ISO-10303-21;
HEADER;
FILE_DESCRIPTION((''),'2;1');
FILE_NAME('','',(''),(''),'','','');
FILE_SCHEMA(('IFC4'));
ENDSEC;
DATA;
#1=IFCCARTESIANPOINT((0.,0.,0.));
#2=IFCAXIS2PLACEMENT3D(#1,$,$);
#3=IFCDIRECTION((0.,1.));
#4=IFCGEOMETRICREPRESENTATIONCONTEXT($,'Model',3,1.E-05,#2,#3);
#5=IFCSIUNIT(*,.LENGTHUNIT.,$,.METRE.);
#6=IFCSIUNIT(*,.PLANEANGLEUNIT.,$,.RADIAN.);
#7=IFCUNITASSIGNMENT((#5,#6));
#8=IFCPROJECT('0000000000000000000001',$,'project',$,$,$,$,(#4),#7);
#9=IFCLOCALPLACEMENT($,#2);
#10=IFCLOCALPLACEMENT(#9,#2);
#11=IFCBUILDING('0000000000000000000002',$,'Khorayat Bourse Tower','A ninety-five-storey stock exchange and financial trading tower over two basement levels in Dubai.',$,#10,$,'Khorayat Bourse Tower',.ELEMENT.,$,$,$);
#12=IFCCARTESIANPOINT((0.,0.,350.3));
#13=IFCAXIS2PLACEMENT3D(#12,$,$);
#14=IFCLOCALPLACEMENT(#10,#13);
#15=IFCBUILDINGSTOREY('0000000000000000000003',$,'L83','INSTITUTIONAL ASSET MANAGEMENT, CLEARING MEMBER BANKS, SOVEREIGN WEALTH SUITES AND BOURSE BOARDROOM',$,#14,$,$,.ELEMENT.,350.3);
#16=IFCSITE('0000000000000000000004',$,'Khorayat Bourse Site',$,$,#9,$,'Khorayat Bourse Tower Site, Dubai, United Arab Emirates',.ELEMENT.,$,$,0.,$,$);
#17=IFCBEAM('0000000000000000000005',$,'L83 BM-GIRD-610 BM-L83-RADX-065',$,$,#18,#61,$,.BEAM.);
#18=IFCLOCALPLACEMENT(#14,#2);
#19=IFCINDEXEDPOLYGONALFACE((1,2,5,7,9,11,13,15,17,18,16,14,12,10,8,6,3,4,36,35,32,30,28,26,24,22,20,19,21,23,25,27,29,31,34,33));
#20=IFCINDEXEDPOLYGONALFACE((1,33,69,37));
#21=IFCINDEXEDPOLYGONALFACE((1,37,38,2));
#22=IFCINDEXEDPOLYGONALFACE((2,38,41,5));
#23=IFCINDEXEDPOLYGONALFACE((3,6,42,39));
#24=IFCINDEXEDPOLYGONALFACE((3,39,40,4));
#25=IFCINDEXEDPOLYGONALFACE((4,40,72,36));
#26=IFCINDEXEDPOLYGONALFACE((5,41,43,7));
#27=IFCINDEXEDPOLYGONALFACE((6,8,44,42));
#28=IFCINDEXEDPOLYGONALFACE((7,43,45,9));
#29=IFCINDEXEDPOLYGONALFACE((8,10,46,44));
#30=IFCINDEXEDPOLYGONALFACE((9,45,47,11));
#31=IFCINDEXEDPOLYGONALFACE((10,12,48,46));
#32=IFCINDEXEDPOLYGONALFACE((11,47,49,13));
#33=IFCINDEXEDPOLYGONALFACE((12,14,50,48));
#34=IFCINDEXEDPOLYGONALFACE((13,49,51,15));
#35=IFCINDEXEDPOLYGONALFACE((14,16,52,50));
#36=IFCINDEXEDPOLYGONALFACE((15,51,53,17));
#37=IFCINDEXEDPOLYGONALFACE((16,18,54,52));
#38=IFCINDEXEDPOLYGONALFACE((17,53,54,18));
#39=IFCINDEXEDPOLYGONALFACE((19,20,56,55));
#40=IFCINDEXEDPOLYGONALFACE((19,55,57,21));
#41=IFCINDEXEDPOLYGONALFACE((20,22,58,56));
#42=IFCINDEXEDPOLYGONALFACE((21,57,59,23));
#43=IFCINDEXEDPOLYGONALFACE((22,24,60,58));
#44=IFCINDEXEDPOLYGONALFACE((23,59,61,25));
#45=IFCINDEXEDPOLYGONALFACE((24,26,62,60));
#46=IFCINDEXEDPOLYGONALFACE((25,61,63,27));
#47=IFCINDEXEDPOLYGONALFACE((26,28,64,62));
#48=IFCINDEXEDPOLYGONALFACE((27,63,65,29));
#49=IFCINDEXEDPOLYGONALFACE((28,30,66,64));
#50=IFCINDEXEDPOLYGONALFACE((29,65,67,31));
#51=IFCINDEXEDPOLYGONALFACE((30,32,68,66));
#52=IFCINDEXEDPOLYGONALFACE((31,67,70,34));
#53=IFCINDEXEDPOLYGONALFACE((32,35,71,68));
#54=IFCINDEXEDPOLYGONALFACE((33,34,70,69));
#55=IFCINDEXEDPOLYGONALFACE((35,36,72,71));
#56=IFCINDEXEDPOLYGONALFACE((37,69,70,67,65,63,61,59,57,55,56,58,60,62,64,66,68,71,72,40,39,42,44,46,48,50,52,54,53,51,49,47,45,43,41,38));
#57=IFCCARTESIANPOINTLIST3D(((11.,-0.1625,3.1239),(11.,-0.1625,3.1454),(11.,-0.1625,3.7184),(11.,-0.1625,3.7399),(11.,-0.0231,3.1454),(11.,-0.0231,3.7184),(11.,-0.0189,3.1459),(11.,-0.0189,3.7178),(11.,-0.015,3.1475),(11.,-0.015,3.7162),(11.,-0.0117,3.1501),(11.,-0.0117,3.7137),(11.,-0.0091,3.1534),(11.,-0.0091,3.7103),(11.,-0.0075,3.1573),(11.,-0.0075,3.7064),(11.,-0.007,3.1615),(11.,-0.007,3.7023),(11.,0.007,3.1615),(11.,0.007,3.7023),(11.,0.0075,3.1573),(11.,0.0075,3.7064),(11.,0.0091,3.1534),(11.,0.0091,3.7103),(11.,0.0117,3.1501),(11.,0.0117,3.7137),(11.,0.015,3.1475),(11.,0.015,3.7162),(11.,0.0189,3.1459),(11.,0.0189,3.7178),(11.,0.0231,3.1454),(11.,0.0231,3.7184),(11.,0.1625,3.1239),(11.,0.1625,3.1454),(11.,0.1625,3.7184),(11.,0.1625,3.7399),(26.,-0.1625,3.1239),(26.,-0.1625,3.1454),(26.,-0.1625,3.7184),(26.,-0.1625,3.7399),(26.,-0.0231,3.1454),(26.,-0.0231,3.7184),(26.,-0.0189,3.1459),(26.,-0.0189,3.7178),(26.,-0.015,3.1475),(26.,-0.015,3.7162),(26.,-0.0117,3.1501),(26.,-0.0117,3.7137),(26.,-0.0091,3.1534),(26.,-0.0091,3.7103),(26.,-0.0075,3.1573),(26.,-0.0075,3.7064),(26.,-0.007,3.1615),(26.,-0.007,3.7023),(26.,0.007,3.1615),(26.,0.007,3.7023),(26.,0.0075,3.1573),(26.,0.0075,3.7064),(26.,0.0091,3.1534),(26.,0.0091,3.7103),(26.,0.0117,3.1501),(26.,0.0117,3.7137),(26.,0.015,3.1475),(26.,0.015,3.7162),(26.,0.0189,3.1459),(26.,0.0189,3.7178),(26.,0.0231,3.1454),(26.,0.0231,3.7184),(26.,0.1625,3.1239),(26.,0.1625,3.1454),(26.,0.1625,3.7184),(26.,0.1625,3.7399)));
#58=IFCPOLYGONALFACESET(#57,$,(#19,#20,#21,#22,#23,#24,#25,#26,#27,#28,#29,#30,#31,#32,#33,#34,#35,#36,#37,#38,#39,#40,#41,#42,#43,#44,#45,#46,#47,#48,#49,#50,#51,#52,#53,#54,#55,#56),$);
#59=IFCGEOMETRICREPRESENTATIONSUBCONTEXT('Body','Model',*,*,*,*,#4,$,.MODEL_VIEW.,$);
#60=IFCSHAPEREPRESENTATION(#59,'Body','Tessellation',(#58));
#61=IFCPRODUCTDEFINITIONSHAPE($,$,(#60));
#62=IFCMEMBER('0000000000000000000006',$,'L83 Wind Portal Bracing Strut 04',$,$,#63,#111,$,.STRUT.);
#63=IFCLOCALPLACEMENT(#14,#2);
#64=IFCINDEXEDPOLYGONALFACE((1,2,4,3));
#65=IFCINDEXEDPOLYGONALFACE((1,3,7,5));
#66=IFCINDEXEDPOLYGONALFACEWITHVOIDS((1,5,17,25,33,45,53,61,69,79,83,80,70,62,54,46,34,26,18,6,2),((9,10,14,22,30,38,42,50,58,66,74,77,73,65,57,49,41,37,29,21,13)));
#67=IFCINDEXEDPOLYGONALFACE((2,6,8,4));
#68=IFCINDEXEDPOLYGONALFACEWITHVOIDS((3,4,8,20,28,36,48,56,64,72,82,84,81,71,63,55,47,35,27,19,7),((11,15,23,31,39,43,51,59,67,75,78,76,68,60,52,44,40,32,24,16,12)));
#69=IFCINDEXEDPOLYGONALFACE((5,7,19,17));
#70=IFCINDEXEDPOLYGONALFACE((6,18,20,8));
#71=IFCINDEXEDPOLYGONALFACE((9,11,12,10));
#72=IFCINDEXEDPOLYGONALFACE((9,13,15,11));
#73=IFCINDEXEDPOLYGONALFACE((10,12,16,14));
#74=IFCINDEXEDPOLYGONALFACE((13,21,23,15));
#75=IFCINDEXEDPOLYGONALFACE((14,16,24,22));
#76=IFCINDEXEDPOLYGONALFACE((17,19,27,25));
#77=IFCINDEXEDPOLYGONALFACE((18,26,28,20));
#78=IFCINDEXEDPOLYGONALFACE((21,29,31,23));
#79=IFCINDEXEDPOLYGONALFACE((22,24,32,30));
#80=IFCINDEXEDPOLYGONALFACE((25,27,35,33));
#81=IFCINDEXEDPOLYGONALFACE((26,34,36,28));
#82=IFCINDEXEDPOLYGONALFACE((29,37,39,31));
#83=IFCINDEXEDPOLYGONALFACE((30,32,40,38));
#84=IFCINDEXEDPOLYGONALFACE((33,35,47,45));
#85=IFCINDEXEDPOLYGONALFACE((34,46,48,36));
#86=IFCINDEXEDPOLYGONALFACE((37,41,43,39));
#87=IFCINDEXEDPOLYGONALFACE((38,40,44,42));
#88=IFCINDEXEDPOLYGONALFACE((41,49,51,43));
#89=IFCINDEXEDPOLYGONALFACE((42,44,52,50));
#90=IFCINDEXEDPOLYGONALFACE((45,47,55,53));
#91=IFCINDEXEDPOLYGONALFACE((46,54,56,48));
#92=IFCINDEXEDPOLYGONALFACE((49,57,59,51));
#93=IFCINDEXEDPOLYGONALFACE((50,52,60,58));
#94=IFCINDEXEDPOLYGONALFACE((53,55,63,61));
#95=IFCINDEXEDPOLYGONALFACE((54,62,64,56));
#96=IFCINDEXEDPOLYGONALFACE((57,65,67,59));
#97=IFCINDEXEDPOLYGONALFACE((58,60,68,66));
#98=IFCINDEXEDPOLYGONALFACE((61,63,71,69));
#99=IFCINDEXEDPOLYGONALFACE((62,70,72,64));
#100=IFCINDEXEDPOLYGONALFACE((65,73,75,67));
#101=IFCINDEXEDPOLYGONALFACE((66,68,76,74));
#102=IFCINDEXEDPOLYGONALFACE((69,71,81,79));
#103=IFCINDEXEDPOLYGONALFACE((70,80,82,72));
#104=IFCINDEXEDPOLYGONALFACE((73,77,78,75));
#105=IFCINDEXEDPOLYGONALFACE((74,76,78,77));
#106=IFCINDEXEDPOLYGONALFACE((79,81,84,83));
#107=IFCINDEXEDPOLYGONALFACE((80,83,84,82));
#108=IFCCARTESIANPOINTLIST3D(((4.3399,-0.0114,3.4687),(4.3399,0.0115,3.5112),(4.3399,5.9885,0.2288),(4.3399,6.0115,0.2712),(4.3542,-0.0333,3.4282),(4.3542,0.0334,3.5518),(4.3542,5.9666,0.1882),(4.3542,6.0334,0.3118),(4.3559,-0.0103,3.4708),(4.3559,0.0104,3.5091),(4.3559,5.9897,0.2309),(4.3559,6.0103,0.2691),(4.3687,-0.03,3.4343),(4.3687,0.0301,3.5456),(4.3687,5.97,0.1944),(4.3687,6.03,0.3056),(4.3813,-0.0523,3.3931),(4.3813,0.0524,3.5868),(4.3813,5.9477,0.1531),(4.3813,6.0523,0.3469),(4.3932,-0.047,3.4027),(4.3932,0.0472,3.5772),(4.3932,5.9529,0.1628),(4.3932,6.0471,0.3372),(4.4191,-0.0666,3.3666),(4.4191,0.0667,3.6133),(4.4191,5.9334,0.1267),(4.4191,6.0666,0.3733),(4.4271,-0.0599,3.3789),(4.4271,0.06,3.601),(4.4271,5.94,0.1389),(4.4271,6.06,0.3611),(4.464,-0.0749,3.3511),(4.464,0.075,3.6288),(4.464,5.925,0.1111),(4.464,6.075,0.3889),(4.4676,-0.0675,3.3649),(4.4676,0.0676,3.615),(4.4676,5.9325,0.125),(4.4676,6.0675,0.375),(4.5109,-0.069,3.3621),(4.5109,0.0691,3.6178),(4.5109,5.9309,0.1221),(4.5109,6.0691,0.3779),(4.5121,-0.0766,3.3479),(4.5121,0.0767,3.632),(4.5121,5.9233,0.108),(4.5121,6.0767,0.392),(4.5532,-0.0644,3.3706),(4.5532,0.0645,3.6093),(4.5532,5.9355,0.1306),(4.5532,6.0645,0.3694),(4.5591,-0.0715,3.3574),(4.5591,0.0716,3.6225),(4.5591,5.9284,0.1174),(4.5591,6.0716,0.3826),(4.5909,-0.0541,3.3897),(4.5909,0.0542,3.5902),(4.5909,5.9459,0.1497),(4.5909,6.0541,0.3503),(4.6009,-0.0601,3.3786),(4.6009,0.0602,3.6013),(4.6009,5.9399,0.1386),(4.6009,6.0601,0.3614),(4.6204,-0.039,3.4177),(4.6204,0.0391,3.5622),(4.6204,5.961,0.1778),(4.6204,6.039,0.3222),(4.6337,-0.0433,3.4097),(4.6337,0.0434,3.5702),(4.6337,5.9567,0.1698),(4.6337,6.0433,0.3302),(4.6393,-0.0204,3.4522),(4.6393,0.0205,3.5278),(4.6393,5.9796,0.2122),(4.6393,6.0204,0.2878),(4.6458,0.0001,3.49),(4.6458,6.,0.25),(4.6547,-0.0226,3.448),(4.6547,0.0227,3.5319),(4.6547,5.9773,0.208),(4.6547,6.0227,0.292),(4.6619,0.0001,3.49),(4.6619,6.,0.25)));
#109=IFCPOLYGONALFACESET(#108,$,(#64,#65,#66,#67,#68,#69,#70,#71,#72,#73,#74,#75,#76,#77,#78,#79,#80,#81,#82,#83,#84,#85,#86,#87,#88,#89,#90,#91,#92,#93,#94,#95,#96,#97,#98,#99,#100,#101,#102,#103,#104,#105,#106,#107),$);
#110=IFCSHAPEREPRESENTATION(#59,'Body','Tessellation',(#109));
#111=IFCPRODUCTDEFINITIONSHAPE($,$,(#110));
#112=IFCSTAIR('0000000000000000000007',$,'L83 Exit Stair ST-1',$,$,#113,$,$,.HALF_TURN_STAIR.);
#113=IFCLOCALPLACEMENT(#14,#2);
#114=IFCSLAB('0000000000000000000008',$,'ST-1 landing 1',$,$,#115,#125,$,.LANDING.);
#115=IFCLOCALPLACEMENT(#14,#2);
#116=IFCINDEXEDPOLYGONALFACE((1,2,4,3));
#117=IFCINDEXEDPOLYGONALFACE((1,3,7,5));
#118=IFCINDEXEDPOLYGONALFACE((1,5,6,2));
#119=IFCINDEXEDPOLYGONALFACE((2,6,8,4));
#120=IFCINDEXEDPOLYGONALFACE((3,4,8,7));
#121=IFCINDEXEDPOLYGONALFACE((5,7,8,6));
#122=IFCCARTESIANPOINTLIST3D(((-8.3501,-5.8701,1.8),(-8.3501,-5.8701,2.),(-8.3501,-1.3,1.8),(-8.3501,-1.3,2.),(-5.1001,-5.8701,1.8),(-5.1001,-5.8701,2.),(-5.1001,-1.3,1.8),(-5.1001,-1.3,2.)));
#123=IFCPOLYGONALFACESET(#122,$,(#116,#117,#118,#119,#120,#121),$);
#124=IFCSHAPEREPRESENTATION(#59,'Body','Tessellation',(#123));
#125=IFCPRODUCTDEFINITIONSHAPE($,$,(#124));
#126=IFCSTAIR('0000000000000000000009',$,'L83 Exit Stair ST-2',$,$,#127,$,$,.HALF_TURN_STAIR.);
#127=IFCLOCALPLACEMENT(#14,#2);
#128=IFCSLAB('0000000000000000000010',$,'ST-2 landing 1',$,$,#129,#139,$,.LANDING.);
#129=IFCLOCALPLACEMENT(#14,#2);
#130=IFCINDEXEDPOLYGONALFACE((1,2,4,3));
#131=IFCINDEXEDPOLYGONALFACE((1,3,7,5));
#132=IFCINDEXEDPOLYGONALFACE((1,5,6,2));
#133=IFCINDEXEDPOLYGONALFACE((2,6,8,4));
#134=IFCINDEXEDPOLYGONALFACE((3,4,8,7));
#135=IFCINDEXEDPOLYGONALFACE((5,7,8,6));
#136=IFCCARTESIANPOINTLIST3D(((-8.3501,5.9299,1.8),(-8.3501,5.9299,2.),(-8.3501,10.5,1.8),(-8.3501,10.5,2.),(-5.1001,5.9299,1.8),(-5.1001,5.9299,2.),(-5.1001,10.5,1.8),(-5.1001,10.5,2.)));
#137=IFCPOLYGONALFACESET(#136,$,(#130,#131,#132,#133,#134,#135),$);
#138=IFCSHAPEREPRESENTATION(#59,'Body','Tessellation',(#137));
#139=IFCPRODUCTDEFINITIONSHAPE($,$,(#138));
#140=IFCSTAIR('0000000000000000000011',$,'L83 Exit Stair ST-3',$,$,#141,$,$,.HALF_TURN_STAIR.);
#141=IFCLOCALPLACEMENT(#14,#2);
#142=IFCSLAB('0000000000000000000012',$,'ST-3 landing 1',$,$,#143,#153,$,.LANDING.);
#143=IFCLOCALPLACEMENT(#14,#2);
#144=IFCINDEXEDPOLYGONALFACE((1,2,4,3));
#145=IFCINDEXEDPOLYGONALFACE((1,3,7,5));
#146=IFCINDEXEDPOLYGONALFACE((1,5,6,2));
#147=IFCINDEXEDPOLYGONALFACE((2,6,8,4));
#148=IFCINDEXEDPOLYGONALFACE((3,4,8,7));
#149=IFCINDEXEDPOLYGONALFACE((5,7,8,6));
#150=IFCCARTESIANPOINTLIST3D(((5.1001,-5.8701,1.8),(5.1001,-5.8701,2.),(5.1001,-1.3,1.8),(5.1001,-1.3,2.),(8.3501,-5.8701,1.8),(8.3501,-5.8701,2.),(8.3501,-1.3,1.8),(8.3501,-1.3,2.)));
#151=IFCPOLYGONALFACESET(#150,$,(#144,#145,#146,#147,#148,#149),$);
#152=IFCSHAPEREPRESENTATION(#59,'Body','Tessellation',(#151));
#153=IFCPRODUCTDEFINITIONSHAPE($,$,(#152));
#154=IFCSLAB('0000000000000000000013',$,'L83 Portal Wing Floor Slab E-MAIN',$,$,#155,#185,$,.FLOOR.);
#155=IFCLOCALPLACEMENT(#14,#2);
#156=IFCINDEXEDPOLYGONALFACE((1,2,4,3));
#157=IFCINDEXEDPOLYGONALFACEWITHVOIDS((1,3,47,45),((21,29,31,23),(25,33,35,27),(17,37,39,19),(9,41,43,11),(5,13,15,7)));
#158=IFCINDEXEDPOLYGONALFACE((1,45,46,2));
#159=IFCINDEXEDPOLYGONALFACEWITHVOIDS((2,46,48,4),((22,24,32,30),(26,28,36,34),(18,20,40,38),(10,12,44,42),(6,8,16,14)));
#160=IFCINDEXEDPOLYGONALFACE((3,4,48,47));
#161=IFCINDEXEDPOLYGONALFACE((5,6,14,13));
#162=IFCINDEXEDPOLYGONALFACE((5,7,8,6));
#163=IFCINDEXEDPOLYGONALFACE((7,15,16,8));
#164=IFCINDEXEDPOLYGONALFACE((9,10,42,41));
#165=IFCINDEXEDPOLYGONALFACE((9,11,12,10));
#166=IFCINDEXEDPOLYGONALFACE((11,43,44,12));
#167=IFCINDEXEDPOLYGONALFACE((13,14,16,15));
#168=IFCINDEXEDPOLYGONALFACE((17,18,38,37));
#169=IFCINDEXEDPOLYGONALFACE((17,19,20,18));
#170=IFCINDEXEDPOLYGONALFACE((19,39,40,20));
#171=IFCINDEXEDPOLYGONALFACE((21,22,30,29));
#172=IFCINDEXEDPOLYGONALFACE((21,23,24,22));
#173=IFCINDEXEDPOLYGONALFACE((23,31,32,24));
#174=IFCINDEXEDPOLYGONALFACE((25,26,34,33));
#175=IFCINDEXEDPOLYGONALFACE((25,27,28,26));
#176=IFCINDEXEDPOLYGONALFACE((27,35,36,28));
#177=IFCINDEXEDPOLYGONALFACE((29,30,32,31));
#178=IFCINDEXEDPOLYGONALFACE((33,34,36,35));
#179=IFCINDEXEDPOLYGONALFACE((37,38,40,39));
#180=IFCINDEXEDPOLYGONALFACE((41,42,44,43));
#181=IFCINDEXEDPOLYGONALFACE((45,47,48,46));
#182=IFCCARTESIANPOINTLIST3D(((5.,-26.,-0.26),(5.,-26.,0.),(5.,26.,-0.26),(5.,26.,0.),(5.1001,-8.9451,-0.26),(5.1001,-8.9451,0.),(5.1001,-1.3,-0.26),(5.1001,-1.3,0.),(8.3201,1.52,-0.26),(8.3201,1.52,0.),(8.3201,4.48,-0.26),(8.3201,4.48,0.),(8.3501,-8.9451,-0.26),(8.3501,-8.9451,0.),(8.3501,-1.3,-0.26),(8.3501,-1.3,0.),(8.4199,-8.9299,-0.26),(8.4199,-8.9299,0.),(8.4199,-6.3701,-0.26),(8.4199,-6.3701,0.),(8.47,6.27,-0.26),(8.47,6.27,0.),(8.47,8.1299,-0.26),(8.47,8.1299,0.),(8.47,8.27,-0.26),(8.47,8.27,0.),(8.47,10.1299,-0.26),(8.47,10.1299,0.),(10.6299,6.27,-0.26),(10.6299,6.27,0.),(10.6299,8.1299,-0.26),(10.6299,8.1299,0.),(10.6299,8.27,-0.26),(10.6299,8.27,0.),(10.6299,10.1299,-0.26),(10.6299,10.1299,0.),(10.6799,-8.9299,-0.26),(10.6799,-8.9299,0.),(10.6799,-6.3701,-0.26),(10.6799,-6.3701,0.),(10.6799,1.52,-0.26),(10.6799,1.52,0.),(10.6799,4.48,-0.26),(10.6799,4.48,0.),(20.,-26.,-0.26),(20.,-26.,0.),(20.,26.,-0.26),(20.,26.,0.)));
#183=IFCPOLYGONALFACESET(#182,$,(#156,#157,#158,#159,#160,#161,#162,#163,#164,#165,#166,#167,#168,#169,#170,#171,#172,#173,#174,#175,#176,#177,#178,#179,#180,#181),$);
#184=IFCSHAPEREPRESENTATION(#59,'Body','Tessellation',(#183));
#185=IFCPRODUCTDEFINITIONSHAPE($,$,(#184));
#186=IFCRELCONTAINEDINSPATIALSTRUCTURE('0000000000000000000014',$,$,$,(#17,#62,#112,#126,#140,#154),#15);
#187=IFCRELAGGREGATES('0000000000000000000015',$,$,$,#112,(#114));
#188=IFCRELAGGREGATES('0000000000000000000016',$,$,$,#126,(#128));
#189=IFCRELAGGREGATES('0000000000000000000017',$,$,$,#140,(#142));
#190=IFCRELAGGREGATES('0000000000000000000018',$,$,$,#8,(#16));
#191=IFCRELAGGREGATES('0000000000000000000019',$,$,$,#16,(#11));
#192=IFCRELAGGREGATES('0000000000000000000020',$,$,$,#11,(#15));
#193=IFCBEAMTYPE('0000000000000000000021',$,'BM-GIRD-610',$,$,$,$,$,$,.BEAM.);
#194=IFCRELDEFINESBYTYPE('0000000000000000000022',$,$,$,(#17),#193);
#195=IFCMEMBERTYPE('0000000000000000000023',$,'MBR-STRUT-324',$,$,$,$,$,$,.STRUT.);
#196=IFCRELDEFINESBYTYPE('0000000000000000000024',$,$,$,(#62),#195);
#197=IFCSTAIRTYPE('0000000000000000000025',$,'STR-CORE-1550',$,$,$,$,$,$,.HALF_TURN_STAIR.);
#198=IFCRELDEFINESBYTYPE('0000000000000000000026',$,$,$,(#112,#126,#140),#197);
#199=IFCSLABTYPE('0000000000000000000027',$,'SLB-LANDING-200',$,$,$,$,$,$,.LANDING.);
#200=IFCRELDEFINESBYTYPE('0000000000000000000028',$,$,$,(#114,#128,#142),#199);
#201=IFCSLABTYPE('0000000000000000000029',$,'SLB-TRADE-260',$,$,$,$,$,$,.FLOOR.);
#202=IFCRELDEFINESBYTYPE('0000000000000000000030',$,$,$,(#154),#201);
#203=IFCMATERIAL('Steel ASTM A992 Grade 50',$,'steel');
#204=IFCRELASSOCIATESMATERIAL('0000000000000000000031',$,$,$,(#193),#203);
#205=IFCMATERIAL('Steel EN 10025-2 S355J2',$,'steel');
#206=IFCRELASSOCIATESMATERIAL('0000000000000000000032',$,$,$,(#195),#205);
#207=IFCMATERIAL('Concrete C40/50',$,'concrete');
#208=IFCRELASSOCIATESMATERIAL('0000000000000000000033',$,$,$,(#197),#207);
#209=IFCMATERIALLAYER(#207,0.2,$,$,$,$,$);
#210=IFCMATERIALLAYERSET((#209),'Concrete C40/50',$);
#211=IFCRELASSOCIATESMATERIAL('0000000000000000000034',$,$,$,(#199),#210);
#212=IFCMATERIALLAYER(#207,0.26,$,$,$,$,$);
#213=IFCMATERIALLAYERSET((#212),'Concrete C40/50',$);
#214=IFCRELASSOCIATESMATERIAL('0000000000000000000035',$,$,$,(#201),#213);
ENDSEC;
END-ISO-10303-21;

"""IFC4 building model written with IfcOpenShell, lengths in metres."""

from ifc_helpers import new_model, si_unit, direction, frame, origin, origin_2d, place, context, subcontext, project, spatial, polyline, hollow_circle, i_section, outline, extrude, source, transform, mapped, material, layer, layer_set, material_profile, profile_set, type_object, element, aggregate, save


model = new_model("IFC4")

# Units and contexts
model_context = context("Model", 3, precision=1e-05, world=origin(), true_north=direction((0.0, 1.0)))
body_context = subcontext(model_context, "Body", "Model", "MODEL_VIEW")
ifc_project = project(units=[si_unit("LENGTHUNIT", "METRE"), si_unit("PLANEANGLEUNIT", "RADIAN")], contexts=[model_context])

# Site, building, storey
site_placement = place(None, origin())
site = spatial("IfcSite", under=ifc_project, at=site_placement, Name="Khorayat Bourse Site", LongName="Khorayat Bourse Tower Site, Dubai, United Arab Emirates", CompositionType="ELEMENT", RefElevation=0.0)
building_placement = place(site_placement, origin())
building = spatial("IfcBuilding", under=site, at=building_placement, Name="Khorayat Bourse Tower", Description="A ninety-five-storey stock exchange and financial trading tower over two basement levels in Dubai.", LongName="Khorayat Bourse Tower", CompositionType="ELEMENT")
storey_placement = place(building_placement, frame((0.0, 0.0, 350.3)))
storey = spatial("IfcBuildingStorey", under=building, at=storey_placement, Name="L83", Description="INSTITUTIONAL ASSET MANAGEMENT, CLEARING MEMBER BANKS, SOVEREIGN WEALTH SUITES AND BOURSE BOARDROOM", CompositionType="ELEMENT", Elevation=350.3)

# Beam
ifc_material_1 = material(Name="Steel ASTM A992 Grade 50", Category="steel")
ifc_material_profile_1 = material_profile(ifc_material_1, i_section(OverallWidth=0.325, OverallDepth=0.616, WebThickness=0.0139, FlangeThickness=0.0215, FilletRadius=0.0161, at=origin_2d()), Name="W610X174")
ifc_profile_set_1 = profile_set([ifc_material_profile_1], Name="Steel ASTM A992 Grade 50")
beam_type_1 = type_object("IfcBeamType", Name="BM-GIRD-610", PredefinedType="BEAM", material=ifc_profile_set_1)
shared_shape_1 = source(origin(), body_context, "Body", "SweptSolid", [
    extrude(i_section(OverallWidth=0.325, OverallDepth=0.616, WebThickness=0.0139, FlangeThickness=0.0215, FilletRadius=0.0161, at=origin_2d()), origin(), (0.0, 0.0, 1.0), 15.0),
])
beam_1_placement = place(storey_placement, frame((11.0, 0.0, 3.4319), z_axis=(1.0, 0.0, 0.0), x_axis=(0.0, 1.0, 0.0)))
element("IfcBeam", 1, at=beam_1_placement, inside=storey, type_object=beam_type_1, Name="L83 BM-GIRD-610 BM-L83-RADX-065", PredefinedType="BEAM", context=body_context, shape_type="MappedRepresentation", body=[
    mapped(shared_shape_1, transform((0.0, 0.0, 0.0), scale=1.0)),
])

# Member
ifc_material_2 = material(Name="Steel EN 10025-2 S355J2", Category="steel")
ifc_material_profile_2 = material_profile(ifc_material_2, hollow_circle(Radius=0.1619, WallThickness=0.0161, at=origin_2d()), Name="CHS 323.9x16")
ifc_profile_set_2 = profile_set([ifc_material_profile_2], Name="Steel EN 10025-2 S355J2")
member_type = type_object("IfcMemberType", Name="MBR-STRUT-324", PredefinedType="STRUT", material=ifc_profile_set_2)
shared_shape_2 = source(origin(), body_context, "Body", "SweptSolid", [
    extrude(hollow_circle(Radius=0.1619, WallThickness=0.0161, at=origin_2d()), origin(), (0.0, 0.0, 1.0), 6.8188),
])
member_placement = place(storey_placement, frame((4.5, 6.0, 0.25), z_axis=(0.0, -0.879906, 0.475148), x_axis=(1.0, 0.0, 0.0)))
element("IfcMember", 2, at=member_placement, inside=storey, type_object=member_type, Name="L83 Wind Portal Bracing Strut 04", PredefinedType="STRUT", context=body_context, shape_type="MappedRepresentation", body=[
    mapped(shared_shape_2, transform((0.0, 0.0, 0.0), scale=1.0)),
])

# Stairs, slabs
ifc_material_3 = material(Name="Concrete C40/50", Category="concrete")
stair_type = type_object("IfcStairType", Name="STR-CORE-1550", PredefinedType="HALF_TURN_STAIR", material=ifc_material_3)
stair_1_placement = place(storey_placement, origin())
stair_1 = element("IfcStair", 3, at=stair_1_placement, inside=storey, type_object=stair_type, Name="L83 Exit Stair ST-1", PredefinedType="HALF_TURN_STAIR")
ifc_layer_1 = layer(ifc_material_3, 0.2)
ifc_layer_set_1 = layer_set([ifc_layer_1], Name="Concrete C40/50")
slab_type_1 = type_object("IfcSlabType", Name="SLB-LANDING-200", PredefinedType="LANDING", material=ifc_layer_set_1)
slab_1_placement = place(storey_placement, frame((0.0, 0.0, 1.8)))
slab_1 = element("IfcSlab", 4, at=slab_1_placement, type_object=slab_type_1, Name="ST-1 landing 1", PredefinedType="LANDING", context=body_context, shape_type="SweptSolid", body=[
    extrude(outline(polyline([(-5.1001, -5.8701), (-5.1001, -1.3), (-8.3501, -1.3), (-8.3501, -5.8701), (-5.1001, -5.8701)])), origin(), (0.0, 0.0, 1.0), 0.2),
])
aggregate(stair_1, [slab_1])
stair_2_placement = place(storey_placement, origin())
stair_2 = element("IfcStair", 5, at=stair_2_placement, inside=storey, type_object=stair_type, Name="L83 Exit Stair ST-2", PredefinedType="HALF_TURN_STAIR")
slab_2_placement = place(storey_placement, frame((0.0, 0.0, 1.8)))
slab_2 = element("IfcSlab", 6, at=slab_2_placement, type_object=slab_type_1, Name="ST-2 landing 1", PredefinedType="LANDING", context=body_context, shape_type="SweptSolid", body=[
    extrude(outline(polyline([(-5.1001, 5.9299), (-5.1001, 10.5), (-8.3501, 10.5), (-8.3501, 5.9299), (-5.1001, 5.9299)])), origin(), (0.0, 0.0, 1.0), 0.2),
])
aggregate(stair_2, [slab_2])
stair_3_placement = place(storey_placement, origin())
stair_3 = element("IfcStair", 7, at=stair_3_placement, inside=storey, type_object=stair_type, Name="L83 Exit Stair ST-3", PredefinedType="HALF_TURN_STAIR")
slab_3_placement = place(storey_placement, frame((0.0, 0.0, 1.8)))
slab_3 = element("IfcSlab", 8, at=slab_3_placement, type_object=slab_type_1, Name="ST-3 landing 1", PredefinedType="LANDING", context=body_context, shape_type="SweptSolid", body=[
    extrude(outline(polyline([(8.3501, -5.8701), (8.3501, -1.3), (5.1001, -1.3), (5.1001, -5.8701), (8.3501, -5.8701)])), origin(), (0.0, 0.0, 1.0), 0.2),
])
aggregate(stair_3, [slab_3])

# Slab
ifc_layer_2 = layer(ifc_material_3, 0.26)
ifc_layer_set_2 = layer_set([ifc_layer_2], Name="Concrete C40/50")
slab_type_2 = type_object("IfcSlabType", Name="SLB-TRADE-260", PredefinedType="FLOOR", material=ifc_layer_set_2)
slab_4_placement = place(storey_placement, frame((0.0, 0.0, -0.26)))
element("IfcSlab", 9, at=slab_4_placement, inside=storey, type_object=slab_type_2, Name="L83 Portal Wing Floor Slab E-MAIN", PredefinedType="FLOOR", context=body_context, shape_type="SweptSolid", body=[
    extrude(outline(polyline([(5.0, -26.0), (20.0, -26.0), (20.0, 26.0), (5.0, 26.0), (5.0, -26.0)]), holes=[polyline([(5.1001, -8.9451), (8.3501, -8.9451), (8.3501, -1.3), (5.1001, -1.3), (5.1001, -8.9451)]), polyline([(8.47, 6.27), (10.6299, 6.27), (10.6299, 8.1299), (8.47, 8.1299), (8.47, 6.27)]), polyline([(8.47, 8.27), (10.6299, 8.27), (10.6299, 10.1299), (8.47, 10.1299), (8.47, 8.27)]), polyline([(8.4199, -8.9299), (10.6799, -8.9299), (10.6799, -6.3701), (8.4199, -6.3701), (8.4199, -8.9299)]), polyline([(8.3201, 1.52), (10.6799, 1.52), (10.6799, 4.48), (8.3201, 4.48), (8.3201, 1.52)])]), origin(), (0.0, 0.0, 1.0), 0.26),
])

save(model, "model.ifc")
